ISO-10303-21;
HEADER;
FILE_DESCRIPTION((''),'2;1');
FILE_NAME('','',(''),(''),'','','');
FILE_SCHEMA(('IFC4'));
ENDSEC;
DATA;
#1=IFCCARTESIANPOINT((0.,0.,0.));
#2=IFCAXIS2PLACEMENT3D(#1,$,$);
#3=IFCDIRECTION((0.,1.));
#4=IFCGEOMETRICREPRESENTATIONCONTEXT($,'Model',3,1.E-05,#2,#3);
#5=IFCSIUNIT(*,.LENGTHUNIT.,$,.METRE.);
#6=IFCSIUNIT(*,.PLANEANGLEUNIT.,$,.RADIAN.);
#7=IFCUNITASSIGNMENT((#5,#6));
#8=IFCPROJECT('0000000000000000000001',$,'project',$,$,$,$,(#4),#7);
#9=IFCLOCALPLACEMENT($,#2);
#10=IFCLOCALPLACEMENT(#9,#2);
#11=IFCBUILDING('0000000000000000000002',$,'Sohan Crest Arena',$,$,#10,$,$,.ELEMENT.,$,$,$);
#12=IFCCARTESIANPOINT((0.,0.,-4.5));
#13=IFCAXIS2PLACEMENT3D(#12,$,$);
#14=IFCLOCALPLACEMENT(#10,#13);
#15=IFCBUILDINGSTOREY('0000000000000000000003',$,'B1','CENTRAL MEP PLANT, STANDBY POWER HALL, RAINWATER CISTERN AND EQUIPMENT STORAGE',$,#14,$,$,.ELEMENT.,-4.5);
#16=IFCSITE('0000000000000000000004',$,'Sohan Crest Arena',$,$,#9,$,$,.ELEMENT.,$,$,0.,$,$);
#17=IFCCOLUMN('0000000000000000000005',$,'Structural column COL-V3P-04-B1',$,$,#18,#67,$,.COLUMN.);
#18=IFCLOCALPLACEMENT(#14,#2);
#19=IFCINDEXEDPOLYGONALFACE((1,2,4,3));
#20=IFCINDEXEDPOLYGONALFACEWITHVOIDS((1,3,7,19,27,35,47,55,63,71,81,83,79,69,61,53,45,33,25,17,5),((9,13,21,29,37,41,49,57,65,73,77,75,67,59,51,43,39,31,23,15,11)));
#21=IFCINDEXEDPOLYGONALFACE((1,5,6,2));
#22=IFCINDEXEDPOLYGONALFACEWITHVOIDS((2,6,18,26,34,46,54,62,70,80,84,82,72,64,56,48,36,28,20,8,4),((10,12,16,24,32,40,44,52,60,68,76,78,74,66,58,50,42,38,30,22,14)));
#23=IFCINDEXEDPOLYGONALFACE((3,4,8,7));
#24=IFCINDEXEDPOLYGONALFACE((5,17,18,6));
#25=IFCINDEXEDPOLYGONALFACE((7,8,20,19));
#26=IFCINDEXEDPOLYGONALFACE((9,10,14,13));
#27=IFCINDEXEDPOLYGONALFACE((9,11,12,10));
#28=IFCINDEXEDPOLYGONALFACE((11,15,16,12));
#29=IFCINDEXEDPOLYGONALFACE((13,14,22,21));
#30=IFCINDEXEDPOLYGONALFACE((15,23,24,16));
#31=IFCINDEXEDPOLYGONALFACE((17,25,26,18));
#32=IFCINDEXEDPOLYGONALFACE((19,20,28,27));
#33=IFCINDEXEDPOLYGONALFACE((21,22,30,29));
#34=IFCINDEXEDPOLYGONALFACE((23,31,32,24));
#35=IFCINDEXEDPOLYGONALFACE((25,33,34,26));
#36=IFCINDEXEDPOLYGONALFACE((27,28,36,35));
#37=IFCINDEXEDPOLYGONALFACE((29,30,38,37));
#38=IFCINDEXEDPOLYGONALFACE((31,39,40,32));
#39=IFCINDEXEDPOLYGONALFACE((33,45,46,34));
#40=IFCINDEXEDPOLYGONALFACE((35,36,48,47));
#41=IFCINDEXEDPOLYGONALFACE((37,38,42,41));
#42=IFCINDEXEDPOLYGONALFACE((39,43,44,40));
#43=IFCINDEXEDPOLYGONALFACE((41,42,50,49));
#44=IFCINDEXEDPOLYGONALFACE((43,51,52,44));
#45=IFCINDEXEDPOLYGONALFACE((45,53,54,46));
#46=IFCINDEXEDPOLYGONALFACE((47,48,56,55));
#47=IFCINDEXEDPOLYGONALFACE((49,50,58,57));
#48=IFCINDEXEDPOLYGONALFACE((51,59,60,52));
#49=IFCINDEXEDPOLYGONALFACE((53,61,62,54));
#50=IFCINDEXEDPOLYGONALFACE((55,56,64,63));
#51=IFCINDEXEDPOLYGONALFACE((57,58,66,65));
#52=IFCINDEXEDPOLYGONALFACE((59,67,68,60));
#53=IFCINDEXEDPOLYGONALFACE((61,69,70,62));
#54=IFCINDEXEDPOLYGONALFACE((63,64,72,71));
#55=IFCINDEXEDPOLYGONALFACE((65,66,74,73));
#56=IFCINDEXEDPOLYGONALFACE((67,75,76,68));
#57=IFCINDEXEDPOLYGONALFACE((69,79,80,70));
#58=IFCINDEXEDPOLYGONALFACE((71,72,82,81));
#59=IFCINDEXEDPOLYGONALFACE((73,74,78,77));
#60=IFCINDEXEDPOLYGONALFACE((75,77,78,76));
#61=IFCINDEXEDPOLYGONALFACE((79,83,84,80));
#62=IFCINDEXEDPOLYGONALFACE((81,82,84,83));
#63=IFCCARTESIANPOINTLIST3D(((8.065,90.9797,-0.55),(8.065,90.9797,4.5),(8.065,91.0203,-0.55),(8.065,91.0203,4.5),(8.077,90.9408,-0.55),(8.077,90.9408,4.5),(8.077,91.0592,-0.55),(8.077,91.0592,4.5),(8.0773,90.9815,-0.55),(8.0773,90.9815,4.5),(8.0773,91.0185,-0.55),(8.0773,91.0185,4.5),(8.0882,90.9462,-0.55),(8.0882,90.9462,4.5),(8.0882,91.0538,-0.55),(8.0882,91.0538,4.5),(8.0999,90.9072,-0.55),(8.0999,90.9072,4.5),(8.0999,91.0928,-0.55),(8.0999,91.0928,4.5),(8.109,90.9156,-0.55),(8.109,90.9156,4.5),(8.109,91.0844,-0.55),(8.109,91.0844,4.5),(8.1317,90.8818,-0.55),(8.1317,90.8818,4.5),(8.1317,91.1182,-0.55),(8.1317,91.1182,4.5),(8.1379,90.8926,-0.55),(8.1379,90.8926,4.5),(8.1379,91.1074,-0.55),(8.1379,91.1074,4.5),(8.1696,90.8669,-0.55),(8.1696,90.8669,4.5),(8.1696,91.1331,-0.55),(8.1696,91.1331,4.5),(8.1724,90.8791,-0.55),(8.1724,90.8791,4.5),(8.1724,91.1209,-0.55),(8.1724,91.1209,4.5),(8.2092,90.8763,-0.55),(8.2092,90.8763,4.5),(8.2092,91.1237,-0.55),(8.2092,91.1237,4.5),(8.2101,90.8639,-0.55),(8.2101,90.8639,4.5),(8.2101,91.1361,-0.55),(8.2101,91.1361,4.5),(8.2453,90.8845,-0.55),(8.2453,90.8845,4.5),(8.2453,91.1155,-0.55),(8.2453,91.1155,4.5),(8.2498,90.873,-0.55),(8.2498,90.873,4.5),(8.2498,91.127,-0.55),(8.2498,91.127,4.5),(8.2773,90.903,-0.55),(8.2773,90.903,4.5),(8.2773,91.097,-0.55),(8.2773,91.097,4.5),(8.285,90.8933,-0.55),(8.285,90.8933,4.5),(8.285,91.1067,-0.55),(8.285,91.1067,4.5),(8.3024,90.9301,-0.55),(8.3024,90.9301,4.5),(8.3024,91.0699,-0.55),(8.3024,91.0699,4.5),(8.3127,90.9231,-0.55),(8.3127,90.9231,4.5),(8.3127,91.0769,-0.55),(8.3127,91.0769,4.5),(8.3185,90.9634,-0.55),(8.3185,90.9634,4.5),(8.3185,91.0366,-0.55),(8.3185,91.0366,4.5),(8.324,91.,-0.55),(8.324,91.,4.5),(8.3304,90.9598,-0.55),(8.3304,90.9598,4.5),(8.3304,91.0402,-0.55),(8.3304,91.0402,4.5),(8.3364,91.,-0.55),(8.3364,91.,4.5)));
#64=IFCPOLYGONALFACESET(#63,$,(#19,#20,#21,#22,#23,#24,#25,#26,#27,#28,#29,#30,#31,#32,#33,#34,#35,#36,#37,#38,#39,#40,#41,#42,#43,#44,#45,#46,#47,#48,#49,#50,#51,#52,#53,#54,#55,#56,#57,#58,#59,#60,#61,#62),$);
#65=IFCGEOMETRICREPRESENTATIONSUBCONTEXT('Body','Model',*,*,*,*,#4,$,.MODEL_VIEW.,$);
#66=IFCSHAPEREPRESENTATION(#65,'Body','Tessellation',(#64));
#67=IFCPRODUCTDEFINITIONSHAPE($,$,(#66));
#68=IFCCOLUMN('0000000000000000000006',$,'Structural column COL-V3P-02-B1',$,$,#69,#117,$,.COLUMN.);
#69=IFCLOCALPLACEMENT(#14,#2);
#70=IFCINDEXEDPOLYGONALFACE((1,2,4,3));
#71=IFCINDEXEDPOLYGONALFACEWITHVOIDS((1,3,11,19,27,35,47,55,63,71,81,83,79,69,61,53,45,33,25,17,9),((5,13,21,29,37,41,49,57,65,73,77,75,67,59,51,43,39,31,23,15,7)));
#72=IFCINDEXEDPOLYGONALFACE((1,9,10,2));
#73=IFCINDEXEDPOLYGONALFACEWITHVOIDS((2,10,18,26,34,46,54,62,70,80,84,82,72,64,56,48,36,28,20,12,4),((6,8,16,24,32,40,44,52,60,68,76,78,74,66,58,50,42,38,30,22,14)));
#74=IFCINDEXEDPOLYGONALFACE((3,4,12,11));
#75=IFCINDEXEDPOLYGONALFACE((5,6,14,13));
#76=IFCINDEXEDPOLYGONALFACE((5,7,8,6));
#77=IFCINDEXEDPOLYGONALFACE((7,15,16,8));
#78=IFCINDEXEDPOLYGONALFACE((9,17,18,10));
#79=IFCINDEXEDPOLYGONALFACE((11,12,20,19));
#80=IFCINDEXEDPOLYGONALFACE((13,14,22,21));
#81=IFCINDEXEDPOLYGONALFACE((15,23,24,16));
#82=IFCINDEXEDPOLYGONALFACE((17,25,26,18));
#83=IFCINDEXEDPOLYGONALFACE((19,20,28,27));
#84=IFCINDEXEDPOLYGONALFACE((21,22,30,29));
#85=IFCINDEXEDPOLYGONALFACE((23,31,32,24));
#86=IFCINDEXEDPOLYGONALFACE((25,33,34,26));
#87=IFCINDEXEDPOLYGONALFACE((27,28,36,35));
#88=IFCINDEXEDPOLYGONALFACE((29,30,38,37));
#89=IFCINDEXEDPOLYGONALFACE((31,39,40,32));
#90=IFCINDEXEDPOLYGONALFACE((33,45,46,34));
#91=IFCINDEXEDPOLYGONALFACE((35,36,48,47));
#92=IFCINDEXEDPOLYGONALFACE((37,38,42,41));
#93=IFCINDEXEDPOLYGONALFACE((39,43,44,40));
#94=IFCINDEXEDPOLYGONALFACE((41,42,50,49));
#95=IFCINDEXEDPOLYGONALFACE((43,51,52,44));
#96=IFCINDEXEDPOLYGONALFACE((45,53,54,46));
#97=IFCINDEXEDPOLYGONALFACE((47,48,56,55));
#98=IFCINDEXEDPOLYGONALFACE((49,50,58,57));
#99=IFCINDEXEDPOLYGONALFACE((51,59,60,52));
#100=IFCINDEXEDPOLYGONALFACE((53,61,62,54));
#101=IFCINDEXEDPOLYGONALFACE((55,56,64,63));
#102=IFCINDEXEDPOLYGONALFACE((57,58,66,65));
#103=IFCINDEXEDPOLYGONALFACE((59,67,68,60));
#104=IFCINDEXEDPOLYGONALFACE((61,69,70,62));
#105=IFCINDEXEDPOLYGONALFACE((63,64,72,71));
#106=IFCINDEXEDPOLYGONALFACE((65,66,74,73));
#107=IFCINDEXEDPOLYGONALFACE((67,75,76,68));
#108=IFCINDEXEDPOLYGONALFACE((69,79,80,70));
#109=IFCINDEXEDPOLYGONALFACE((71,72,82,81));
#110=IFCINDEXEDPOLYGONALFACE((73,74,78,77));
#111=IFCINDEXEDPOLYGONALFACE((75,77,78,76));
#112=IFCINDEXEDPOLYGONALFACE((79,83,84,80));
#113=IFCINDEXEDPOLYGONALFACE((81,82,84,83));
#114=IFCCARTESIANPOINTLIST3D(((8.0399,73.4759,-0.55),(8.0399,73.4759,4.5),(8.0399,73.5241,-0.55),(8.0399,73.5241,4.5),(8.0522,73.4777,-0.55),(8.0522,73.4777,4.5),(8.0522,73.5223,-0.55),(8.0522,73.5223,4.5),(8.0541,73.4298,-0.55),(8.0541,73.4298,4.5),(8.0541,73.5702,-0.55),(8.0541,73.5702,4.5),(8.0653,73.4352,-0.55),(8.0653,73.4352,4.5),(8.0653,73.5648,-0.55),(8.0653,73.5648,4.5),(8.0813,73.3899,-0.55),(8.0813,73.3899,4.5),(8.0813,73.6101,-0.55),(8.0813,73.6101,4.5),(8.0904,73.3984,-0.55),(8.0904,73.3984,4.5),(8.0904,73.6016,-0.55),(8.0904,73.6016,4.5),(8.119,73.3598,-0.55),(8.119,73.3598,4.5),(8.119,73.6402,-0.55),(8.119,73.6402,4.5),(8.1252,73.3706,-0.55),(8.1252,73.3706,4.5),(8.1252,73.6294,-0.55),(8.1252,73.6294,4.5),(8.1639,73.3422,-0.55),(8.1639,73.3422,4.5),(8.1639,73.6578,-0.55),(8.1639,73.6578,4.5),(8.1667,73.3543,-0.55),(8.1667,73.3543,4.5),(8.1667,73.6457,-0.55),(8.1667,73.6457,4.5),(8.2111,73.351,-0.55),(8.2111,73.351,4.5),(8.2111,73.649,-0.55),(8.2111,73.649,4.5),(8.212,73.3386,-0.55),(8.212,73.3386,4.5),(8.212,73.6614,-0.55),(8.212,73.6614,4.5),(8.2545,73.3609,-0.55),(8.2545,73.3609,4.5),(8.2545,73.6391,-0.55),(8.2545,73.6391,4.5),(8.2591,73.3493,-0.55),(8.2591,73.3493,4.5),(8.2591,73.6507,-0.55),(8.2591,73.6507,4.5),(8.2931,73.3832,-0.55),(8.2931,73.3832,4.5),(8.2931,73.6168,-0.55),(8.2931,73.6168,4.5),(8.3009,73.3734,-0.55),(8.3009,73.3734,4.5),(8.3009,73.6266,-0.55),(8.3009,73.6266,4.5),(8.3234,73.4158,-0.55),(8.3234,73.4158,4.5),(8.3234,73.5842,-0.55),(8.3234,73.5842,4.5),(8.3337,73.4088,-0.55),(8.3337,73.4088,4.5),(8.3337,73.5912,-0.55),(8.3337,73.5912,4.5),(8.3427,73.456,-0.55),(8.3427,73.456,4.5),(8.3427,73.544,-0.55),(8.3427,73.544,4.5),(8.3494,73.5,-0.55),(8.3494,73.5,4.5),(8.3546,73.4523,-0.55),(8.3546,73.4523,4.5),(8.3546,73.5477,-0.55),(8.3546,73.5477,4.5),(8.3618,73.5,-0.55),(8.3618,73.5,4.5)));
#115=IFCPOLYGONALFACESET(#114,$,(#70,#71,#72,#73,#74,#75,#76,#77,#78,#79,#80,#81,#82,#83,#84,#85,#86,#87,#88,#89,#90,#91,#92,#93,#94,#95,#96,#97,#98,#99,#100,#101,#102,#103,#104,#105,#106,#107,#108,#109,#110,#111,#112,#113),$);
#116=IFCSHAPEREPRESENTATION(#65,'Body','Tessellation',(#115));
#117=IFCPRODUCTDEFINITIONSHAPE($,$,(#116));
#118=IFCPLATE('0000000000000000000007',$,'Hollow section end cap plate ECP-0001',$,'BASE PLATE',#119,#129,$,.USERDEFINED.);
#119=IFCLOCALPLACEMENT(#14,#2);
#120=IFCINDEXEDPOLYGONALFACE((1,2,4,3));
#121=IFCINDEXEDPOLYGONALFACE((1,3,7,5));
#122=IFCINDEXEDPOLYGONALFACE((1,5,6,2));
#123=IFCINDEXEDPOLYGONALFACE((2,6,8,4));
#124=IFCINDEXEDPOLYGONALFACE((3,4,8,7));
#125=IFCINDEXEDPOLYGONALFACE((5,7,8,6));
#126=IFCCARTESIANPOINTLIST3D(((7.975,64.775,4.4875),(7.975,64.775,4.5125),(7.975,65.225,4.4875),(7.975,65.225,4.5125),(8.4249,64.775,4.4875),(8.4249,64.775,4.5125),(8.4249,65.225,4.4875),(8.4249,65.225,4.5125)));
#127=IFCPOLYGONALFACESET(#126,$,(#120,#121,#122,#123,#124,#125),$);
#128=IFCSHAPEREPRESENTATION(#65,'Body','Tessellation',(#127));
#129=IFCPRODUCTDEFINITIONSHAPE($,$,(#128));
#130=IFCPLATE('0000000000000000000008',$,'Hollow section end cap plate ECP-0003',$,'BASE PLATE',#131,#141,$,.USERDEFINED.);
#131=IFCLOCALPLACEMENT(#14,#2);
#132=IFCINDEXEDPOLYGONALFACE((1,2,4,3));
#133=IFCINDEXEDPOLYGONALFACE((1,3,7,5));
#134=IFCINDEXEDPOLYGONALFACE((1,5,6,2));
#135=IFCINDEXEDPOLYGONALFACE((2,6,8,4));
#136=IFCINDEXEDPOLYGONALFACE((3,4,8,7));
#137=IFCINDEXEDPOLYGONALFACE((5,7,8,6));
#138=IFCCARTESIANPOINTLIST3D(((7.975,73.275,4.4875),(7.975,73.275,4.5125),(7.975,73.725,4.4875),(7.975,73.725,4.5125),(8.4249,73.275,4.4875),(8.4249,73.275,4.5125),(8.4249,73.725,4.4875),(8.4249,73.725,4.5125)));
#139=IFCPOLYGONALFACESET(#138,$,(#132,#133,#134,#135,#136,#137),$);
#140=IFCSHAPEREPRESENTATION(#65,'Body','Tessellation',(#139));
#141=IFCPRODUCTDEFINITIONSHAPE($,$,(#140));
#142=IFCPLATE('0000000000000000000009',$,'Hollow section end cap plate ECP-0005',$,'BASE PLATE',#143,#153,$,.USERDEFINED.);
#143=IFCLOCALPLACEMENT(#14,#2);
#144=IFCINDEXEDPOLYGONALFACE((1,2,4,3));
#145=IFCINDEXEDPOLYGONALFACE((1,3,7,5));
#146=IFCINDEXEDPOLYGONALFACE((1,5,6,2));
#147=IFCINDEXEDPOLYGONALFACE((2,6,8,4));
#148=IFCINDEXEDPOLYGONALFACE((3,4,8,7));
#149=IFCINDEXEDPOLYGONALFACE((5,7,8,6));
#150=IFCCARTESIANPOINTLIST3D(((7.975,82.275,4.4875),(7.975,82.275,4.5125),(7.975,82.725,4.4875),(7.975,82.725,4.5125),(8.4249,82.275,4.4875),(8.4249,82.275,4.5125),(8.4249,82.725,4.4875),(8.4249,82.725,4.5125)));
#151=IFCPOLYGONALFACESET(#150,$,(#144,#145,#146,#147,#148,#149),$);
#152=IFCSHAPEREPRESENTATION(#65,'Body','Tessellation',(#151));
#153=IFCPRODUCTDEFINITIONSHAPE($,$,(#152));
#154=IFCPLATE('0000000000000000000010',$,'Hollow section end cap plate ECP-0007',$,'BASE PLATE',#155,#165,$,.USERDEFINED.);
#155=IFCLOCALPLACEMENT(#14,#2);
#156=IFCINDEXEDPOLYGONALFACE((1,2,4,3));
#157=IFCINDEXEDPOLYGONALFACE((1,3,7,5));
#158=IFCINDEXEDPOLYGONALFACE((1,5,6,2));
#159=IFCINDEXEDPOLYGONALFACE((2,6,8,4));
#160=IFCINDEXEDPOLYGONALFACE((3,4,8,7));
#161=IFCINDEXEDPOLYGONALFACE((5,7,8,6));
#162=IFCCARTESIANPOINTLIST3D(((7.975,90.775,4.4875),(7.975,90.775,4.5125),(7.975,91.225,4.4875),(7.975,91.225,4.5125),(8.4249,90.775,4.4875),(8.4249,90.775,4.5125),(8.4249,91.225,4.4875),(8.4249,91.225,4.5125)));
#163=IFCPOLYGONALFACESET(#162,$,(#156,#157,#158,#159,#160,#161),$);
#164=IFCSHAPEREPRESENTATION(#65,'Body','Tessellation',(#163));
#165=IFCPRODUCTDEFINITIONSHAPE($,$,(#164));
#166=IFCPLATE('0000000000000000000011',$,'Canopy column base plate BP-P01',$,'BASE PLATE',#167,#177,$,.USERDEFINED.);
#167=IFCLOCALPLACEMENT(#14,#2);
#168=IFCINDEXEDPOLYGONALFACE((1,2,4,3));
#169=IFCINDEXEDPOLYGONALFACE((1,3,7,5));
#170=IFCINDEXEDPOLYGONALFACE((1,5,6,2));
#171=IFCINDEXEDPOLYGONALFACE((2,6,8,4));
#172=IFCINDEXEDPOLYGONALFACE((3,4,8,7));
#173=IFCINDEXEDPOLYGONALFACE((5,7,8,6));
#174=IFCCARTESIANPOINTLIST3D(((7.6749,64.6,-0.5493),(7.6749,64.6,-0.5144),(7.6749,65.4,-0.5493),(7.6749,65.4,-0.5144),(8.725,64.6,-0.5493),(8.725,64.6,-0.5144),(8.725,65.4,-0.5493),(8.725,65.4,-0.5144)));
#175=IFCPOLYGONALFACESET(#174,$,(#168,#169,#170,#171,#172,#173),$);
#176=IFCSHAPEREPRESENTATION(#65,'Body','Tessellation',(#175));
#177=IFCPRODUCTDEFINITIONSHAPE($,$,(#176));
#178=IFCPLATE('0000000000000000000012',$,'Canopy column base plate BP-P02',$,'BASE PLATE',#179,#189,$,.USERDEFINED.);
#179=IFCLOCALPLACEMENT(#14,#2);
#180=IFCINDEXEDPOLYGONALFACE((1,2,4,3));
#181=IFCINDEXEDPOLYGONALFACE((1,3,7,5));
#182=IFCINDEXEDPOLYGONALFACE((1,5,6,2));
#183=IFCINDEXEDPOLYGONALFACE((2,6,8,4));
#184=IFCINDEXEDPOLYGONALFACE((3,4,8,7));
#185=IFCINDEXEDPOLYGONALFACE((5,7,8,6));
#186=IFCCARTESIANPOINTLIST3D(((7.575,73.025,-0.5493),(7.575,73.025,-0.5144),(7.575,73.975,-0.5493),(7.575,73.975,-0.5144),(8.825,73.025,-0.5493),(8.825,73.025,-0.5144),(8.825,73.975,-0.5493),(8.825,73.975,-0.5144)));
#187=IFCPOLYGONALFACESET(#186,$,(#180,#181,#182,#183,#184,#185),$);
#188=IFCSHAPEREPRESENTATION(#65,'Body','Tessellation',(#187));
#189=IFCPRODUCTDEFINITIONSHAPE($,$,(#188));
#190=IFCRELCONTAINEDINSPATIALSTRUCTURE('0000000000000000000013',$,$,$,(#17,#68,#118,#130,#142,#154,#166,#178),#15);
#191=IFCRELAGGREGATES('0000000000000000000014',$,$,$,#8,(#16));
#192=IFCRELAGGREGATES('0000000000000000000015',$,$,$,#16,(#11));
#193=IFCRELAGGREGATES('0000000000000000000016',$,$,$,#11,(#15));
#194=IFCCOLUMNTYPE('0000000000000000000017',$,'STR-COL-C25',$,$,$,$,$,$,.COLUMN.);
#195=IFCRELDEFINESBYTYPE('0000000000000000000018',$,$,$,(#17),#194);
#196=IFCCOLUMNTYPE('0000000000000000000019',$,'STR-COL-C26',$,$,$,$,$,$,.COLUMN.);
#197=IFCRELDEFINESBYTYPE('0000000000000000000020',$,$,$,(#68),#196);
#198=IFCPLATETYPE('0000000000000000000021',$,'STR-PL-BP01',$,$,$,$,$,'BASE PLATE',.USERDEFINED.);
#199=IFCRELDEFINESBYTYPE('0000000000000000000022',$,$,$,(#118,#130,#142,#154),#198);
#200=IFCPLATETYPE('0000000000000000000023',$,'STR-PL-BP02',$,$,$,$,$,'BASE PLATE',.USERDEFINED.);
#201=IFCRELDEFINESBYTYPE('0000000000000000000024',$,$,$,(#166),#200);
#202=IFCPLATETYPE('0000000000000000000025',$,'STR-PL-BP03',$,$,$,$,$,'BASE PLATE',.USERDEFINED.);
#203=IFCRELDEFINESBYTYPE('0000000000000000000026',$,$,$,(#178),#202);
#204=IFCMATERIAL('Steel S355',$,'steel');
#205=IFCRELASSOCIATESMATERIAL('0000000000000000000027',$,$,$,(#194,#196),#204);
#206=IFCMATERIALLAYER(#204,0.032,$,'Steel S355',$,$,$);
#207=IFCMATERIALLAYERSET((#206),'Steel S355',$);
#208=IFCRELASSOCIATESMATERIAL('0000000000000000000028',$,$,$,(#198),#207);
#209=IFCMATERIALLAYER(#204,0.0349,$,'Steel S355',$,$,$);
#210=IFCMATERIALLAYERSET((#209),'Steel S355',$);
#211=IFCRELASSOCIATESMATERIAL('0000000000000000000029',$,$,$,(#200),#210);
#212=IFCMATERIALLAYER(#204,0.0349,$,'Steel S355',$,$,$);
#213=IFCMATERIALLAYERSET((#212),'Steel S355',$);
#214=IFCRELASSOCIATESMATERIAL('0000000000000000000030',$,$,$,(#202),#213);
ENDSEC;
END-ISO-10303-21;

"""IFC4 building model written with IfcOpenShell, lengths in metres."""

from ifc_helpers import new_model, si_unit, direction, frame, origin, origin_2d, place, context, subcontext, project, spatial, rectangle, hollow_circle, extrude, material, layer, layer_set, material_profile, profile_set, type_object, element, save


model = new_model("IFC4")

# Units and contexts
model_context = context("Model", 3, precision=1e-05, world=origin(), true_north=direction((0.0, 1.0)))
body_context = subcontext(model_context, "Body", "Model", "MODEL_VIEW")
ifc_project = project(units=[si_unit("LENGTHUNIT", "METRE"), si_unit("PLANEANGLEUNIT", "RADIAN")], contexts=[model_context])

# Site, building, storey
site_placement = place(None, origin())
site = spatial("IfcSite", under=ifc_project, at=site_placement, Name="Sohan Crest Arena", CompositionType="ELEMENT", RefElevation=0.0)
building_placement = place(site_placement, origin())
building = spatial("IfcBuilding", under=site, at=building_placement, Name="Sohan Crest Arena", CompositionType="ELEMENT")
storey_placement = place(building_placement, frame((0.0, 0.0, -4.5)))
storey = spatial("IfcBuildingStorey", under=building, at=storey_placement, Name="B1", Description="CENTRAL MEP PLANT, STANDBY POWER HALL, RAINWATER CISTERN AND EQUIPMENT STORAGE", CompositionType="ELEMENT", Elevation=-4.5)

# Columns
ifc_material_1 = material(Name="Steel S355", Category="steel")
ifc_material_profile_1 = material_profile(ifc_material_1, hollow_circle(Radius=0.1365, WallThickness=0.0125, at=origin_2d()), Name="CHS 273x12.5")
ifc_profile_set_1 = profile_set([ifc_material_profile_1], Name="Steel S355")
column_type_1 = type_object("IfcColumnType", Name="STR-COL-C25", PredefinedType="COLUMN", material=ifc_profile_set_1)
for number, where, z_axis, x_axis, name in (
    (1, (8.2, 91.0, -0.55), (0.0, 0.0, 1.0), (1.0, 0.0, 0.0), "Structural column COL-V3P-04-B1"),
):
    element("IfcColumn", number, at=place(storey_placement, frame(where, z_axis=z_axis, x_axis=x_axis)), inside=storey, type_object=column_type_1, Name=name, PredefinedType="COLUMN", context=body_context, shape_type="SweptSolid", body=[
        extrude(hollow_circle(Radius=0.1365, WallThickness=0.0125, at=origin_2d()), origin(), (0.0, 0.0, 1.0), 5.05),
    ])
ifc_material_profile_2 = material_profile(ifc_material_1, hollow_circle(Radius=0.1619, WallThickness=0.0125, at=origin_2d()), Name="CHS 323.9x12.5")
ifc_profile_set_2 = profile_set([ifc_material_profile_2], Name="Steel S355")
column_type_2 = type_object("IfcColumnType", Name="STR-COL-C26", PredefinedType="COLUMN", material=ifc_profile_set_2)
column_1_placement = place(storey_placement, frame((8.2, 73.5, -0.55), z_axis=(0.0, 0.0, 1.0), x_axis=(1.0, 0.0, 0.0)))
element("IfcColumn", 2, at=column_1_placement, inside=storey, type_object=column_type_2, Name="Structural column COL-V3P-02-B1", PredefinedType="COLUMN", context=body_context, shape_type="SweptSolid", body=[
    extrude(hollow_circle(Radius=0.1619, WallThickness=0.0125, at=origin_2d()), origin(), (0.0, 0.0, 1.0), 5.05),
])

# Plates
ifc_layer_1 = layer(ifc_material_1, 0.032, Name="Steel S355")
ifc_layer_set_1 = layer_set([ifc_layer_1], Name="Steel S355")
plate_type_1 = type_object("IfcPlateType", Name="STR-PL-BP01", ElementType="BASE PLATE", PredefinedType="USERDEFINED", material=ifc_layer_set_1)
for number, where, z_axis, x_axis, name in (
    (3, (8.2, 65.0, 4.4875), (0.0, 0.0, 1.0), (1.0, 0.0, 0.0), "Hollow section end cap plate ECP-0001"),
    (4, (8.2, 73.5, 4.4875), (0.0, 0.0, 1.0), (1.0, 0.0, 0.0), "Hollow section end cap plate ECP-0003"),
    (5, (8.2, 82.5, 4.4875), (0.0, 0.0, 1.0), (1.0, 0.0, 0.0), "Hollow section end cap plate ECP-0005"),
    (6, (8.2, 91.0, 4.4875), (0.0, 0.0, 1.0), (1.0, 0.0, 0.0), "Hollow section end cap plate ECP-0007"),
):
    element("IfcPlate", number, at=place(storey_placement, frame(where, z_axis=z_axis, x_axis=x_axis)), inside=storey, type_object=plate_type_1, Name=name, ObjectType="BASE PLATE", PredefinedType="USERDEFINED", context=body_context, shape_type="SweptSolid", body=[
        extrude(rectangle(XDim=0.45, YDim=0.45, at=origin_2d()), origin(), (0.0, 0.0, 1.0), 0.0249),
    ])
ifc_layer_2 = layer(ifc_material_1, 0.0349, Name="Steel S355")
ifc_layer_set_2 = layer_set([ifc_layer_2], Name="Steel S355")
plate_type_2 = type_object("IfcPlateType", Name="STR-PL-BP02", ElementType="BASE PLATE", PredefinedType="USERDEFINED", material=ifc_layer_set_2)
plate_1_placement = place(storey_placement, frame((8.2, 65.0, -0.5493), z_axis=(0.0, 0.0, 1.0), x_axis=(1.0, 0.0, 0.0)))
element("IfcPlate", 7, at=plate_1_placement, inside=storey, type_object=plate_type_2, Name="Canopy column base plate BP-P01", ObjectType="BASE PLATE", PredefinedType="USERDEFINED", context=body_context, shape_type="SweptSolid", body=[
    extrude(rectangle(XDim=1.05, YDim=0.8, at=origin_2d()), origin(), (0.0, 0.0, 1.0), 0.0349),
])
ifc_layer_3 = layer(ifc_material_1, 0.0349, Name="Steel S355")
ifc_layer_set_3 = layer_set([ifc_layer_3], Name="Steel S355")
plate_type_3 = type_object("IfcPlateType", Name="STR-PL-BP03", ElementType="BASE PLATE", PredefinedType="USERDEFINED", material=ifc_layer_set_3)
plate_2_placement = place(storey_placement, frame((8.2, 73.5, -0.5493), z_axis=(0.0, 0.0, 1.0), x_axis=(1.0, 0.0, 0.0)))
element("IfcPlate", 8, at=plate_2_placement, inside=storey, type_object=plate_type_3, Name="Canopy column base plate BP-P02", ObjectType="BASE PLATE", PredefinedType="USERDEFINED", context=body_context, shape_type="SweptSolid", body=[
    extrude(rectangle(XDim=1.25, YDim=0.95, at=origin_2d()), origin(), (0.0, 0.0, 1.0), 0.0349),
])

save(model, "model.ifc")
